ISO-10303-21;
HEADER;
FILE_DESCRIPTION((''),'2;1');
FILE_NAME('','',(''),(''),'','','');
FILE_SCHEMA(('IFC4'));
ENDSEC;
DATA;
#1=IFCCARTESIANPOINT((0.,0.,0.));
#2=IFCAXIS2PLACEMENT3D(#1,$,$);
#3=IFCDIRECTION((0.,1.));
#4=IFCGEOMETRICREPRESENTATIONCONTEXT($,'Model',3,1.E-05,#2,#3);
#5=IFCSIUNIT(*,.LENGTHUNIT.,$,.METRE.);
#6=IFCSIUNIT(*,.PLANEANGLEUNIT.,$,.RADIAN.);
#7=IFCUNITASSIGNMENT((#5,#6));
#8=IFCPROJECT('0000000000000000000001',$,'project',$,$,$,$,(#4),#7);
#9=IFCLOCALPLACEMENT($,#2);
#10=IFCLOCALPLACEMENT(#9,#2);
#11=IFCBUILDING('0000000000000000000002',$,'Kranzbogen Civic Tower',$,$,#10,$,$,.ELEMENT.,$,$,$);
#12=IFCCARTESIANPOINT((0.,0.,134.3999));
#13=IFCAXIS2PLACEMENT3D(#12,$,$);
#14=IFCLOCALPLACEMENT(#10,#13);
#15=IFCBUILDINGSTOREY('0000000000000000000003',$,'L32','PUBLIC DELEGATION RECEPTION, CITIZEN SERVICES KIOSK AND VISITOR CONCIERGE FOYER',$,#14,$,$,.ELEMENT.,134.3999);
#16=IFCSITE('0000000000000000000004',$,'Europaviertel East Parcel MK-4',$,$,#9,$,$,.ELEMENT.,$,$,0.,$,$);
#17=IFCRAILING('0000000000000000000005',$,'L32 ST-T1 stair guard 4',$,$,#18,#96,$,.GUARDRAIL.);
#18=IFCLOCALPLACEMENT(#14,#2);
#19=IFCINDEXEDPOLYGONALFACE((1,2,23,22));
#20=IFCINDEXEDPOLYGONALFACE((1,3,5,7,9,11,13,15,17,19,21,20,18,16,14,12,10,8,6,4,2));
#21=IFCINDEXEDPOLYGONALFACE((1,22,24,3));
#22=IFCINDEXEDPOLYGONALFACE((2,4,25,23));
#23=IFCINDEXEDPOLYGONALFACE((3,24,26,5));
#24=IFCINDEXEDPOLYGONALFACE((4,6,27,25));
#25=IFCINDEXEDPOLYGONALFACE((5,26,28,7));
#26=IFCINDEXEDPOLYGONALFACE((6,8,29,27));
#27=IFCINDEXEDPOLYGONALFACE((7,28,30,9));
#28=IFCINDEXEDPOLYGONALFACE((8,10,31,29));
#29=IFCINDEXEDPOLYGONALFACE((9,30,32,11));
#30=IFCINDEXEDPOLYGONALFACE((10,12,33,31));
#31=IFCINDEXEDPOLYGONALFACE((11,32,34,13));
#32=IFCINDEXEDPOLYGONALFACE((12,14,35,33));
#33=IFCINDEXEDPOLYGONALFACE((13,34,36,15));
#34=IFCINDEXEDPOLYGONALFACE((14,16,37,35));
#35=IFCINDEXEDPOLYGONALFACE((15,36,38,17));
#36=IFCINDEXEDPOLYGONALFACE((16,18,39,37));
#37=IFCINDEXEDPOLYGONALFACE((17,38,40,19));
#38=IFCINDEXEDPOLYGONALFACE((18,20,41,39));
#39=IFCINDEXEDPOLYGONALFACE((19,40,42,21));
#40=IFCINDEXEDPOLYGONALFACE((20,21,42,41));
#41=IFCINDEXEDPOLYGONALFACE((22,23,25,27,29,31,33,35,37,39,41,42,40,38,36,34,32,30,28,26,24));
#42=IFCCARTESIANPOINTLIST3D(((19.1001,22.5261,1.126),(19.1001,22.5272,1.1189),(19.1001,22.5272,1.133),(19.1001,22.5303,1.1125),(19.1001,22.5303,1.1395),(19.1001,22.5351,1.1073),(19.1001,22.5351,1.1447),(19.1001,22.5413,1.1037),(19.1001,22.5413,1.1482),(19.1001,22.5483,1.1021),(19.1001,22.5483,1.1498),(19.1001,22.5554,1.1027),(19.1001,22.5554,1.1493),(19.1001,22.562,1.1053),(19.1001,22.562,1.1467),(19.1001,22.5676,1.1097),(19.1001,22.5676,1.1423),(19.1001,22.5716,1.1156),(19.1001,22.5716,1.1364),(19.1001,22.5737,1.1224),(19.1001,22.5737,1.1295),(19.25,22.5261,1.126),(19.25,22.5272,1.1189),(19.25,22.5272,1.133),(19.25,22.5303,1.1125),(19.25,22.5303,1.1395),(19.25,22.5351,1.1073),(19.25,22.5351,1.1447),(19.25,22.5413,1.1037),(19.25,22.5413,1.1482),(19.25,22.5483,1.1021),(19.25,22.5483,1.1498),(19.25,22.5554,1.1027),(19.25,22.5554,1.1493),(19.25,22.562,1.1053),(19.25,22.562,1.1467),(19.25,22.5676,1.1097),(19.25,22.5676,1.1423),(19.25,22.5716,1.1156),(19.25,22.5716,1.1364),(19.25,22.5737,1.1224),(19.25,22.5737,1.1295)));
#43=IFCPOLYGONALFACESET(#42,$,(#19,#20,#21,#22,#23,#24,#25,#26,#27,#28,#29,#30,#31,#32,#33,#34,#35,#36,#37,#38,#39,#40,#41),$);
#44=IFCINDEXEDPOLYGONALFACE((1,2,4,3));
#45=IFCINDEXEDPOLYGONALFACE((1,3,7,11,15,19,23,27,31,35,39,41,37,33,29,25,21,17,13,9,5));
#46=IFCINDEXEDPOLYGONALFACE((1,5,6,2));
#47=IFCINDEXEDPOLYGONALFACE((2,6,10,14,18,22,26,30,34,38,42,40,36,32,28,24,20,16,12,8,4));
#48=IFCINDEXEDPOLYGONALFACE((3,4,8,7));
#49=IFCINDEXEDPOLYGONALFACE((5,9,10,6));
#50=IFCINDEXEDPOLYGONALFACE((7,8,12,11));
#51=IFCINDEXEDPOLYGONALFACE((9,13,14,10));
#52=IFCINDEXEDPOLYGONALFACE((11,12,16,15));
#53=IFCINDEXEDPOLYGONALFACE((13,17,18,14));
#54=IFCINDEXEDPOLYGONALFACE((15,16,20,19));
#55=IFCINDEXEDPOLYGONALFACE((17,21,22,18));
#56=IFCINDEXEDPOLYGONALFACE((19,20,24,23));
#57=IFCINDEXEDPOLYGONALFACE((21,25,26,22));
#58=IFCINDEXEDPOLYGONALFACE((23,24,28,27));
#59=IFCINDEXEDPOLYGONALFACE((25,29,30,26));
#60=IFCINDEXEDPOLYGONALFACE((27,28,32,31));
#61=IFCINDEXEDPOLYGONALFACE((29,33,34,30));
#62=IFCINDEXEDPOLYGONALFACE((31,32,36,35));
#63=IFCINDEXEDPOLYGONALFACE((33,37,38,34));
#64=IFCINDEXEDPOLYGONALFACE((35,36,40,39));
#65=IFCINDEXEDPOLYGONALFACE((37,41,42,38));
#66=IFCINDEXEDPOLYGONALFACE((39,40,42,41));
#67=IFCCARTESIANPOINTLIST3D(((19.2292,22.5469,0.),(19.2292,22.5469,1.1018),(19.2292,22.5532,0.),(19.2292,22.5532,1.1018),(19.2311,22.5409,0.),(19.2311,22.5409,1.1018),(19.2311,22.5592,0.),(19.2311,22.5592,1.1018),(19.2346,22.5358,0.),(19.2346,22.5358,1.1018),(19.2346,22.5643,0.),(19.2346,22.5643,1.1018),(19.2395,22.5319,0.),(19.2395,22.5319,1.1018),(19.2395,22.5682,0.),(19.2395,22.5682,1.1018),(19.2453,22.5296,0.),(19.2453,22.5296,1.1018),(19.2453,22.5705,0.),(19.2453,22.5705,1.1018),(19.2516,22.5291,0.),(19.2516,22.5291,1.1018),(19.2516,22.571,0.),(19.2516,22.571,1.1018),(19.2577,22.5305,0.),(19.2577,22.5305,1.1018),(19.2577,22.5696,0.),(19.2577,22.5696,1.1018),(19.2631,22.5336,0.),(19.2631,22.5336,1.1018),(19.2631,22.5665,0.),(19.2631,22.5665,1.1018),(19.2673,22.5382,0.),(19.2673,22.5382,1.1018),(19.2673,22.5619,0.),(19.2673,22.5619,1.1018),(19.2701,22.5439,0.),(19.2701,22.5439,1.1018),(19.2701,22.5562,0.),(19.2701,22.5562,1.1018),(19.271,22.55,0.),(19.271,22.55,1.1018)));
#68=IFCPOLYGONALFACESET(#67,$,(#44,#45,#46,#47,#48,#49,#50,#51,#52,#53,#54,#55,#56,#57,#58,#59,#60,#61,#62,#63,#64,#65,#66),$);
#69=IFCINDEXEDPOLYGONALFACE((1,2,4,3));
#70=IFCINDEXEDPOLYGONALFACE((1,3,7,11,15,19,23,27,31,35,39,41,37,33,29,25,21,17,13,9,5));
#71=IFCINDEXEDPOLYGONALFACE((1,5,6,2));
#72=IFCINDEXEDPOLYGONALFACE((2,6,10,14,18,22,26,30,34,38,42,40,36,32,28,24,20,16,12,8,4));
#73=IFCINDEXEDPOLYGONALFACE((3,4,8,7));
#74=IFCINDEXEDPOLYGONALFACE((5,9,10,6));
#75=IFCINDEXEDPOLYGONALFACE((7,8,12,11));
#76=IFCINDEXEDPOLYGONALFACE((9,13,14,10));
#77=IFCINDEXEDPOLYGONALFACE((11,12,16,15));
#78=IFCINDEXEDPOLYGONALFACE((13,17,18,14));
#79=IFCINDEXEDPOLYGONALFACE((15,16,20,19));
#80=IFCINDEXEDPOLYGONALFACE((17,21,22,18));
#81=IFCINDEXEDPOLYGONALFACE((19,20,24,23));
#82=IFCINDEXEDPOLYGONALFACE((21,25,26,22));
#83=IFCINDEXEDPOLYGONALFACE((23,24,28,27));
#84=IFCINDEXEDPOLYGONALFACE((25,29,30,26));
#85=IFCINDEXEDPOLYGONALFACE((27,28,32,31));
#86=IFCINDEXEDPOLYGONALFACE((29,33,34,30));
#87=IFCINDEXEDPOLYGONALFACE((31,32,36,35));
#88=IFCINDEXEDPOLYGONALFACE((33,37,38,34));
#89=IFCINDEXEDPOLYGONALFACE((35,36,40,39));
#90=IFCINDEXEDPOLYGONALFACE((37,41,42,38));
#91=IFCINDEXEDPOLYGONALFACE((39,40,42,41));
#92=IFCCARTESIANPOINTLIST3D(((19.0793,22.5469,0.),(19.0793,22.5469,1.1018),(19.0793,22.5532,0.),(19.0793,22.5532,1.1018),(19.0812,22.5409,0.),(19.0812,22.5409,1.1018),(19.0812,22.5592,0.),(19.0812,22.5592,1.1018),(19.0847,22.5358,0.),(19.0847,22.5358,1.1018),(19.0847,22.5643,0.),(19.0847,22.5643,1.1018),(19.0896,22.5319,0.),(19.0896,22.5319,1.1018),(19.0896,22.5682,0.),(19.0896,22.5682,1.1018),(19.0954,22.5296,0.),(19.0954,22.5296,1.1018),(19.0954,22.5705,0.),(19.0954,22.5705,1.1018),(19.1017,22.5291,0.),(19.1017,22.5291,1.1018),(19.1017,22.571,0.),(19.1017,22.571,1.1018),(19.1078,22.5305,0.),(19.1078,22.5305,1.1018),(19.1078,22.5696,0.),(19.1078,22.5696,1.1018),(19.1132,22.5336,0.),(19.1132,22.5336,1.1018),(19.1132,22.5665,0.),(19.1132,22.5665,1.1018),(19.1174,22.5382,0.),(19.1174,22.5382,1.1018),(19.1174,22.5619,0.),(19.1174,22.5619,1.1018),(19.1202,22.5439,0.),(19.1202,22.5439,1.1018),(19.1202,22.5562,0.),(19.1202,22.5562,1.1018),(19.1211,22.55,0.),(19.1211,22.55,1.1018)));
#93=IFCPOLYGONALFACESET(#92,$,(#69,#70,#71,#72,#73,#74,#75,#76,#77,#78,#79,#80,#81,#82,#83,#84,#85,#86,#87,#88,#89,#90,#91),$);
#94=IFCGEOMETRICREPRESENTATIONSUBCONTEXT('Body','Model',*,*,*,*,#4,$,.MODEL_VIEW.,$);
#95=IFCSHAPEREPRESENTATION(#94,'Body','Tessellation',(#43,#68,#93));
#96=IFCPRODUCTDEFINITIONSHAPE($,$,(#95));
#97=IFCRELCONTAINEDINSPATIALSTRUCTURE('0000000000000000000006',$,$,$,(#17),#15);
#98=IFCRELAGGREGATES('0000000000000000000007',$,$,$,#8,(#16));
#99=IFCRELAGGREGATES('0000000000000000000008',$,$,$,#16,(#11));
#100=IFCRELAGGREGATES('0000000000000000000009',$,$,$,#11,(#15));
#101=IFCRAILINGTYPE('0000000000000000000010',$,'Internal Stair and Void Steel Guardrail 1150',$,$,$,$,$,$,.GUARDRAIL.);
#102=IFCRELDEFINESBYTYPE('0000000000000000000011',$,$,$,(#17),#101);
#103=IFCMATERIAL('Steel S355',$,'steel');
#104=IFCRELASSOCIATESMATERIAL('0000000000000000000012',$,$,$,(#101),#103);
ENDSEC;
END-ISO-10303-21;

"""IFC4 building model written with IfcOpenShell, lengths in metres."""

from ifc_helpers import new_model, si_unit, direction, frame, origin, origin_2d, place, context, subcontext, project, spatial, circle, extrude, material, type_object, element, save


model = new_model("IFC4")

# Units and contexts
model_context = context("Model", 3, precision=1e-05, world=origin(), true_north=direction((0.0, 1.0)))
body_context = subcontext(model_context, "Body", "Model", "MODEL_VIEW")
ifc_project = project(units=[si_unit("LENGTHUNIT", "METRE"), si_unit("PLANEANGLEUNIT", "RADIAN")], contexts=[model_context])

# Site, building, storey
site_placement = place(None, origin())
site = spatial("IfcSite", under=ifc_project, at=site_placement, Name="Europaviertel East Parcel MK-4", CompositionType="ELEMENT", RefElevation=0.0)
building_placement = place(site_placement, origin())
building = spatial("IfcBuilding", under=site, at=building_placement, Name="Kranzbogen Civic Tower", CompositionType="ELEMENT")
storey_placement = place(building_placement, frame((0.0, 0.0, 134.3999)))
storey = spatial("IfcBuildingStorey", under=building, at=storey_placement, Name="L32", Description="PUBLIC DELEGATION RECEPTION, CITIZEN SERVICES KIOSK AND VISITOR CONCIERGE FOYER", CompositionType="ELEMENT", Elevation=134.3999)

# Shared definitions
ifc_material_1 = material(Name="Steel S355", Category="steel")

# Railing
railing_type_1 = type_object("IfcRailingType", Name="Internal Stair and Void Steel Guardrail 1150", PredefinedType="GUARDRAIL", material=ifc_material_1)
railing_1_placement = place(storey_placement, frame((19.25, 22.55, 0.0)))
element("IfcRailing", 1, at=railing_1_placement, inside=storey, type_object=railing_type_1, Name="L32 ST-T1 stair guard 4", PredefinedType="GUARDRAIL", context=body_context, shape_type="SweptSolid", body=[
    extrude(circle(Radius=0.0239, at=origin_2d()), frame((0.0, 0.0, 1.126), z_axis=(-1.0, 0.0, 0.0), x_axis=(0.0, -1.0, 0.0)), (0.0, 0.0, 1.0), 0.1499),
    extrude(circle(Radius=0.021, at=origin_2d()), origin(), (0.0, 0.0, 1.0), 1.1018),
    extrude(circle(Radius=0.021, at=origin_2d()), frame((-0.1499, 0.0, 0.0)), (0.0, 0.0, 1.0), 1.1018),
])

save(model, "model.ifc")
